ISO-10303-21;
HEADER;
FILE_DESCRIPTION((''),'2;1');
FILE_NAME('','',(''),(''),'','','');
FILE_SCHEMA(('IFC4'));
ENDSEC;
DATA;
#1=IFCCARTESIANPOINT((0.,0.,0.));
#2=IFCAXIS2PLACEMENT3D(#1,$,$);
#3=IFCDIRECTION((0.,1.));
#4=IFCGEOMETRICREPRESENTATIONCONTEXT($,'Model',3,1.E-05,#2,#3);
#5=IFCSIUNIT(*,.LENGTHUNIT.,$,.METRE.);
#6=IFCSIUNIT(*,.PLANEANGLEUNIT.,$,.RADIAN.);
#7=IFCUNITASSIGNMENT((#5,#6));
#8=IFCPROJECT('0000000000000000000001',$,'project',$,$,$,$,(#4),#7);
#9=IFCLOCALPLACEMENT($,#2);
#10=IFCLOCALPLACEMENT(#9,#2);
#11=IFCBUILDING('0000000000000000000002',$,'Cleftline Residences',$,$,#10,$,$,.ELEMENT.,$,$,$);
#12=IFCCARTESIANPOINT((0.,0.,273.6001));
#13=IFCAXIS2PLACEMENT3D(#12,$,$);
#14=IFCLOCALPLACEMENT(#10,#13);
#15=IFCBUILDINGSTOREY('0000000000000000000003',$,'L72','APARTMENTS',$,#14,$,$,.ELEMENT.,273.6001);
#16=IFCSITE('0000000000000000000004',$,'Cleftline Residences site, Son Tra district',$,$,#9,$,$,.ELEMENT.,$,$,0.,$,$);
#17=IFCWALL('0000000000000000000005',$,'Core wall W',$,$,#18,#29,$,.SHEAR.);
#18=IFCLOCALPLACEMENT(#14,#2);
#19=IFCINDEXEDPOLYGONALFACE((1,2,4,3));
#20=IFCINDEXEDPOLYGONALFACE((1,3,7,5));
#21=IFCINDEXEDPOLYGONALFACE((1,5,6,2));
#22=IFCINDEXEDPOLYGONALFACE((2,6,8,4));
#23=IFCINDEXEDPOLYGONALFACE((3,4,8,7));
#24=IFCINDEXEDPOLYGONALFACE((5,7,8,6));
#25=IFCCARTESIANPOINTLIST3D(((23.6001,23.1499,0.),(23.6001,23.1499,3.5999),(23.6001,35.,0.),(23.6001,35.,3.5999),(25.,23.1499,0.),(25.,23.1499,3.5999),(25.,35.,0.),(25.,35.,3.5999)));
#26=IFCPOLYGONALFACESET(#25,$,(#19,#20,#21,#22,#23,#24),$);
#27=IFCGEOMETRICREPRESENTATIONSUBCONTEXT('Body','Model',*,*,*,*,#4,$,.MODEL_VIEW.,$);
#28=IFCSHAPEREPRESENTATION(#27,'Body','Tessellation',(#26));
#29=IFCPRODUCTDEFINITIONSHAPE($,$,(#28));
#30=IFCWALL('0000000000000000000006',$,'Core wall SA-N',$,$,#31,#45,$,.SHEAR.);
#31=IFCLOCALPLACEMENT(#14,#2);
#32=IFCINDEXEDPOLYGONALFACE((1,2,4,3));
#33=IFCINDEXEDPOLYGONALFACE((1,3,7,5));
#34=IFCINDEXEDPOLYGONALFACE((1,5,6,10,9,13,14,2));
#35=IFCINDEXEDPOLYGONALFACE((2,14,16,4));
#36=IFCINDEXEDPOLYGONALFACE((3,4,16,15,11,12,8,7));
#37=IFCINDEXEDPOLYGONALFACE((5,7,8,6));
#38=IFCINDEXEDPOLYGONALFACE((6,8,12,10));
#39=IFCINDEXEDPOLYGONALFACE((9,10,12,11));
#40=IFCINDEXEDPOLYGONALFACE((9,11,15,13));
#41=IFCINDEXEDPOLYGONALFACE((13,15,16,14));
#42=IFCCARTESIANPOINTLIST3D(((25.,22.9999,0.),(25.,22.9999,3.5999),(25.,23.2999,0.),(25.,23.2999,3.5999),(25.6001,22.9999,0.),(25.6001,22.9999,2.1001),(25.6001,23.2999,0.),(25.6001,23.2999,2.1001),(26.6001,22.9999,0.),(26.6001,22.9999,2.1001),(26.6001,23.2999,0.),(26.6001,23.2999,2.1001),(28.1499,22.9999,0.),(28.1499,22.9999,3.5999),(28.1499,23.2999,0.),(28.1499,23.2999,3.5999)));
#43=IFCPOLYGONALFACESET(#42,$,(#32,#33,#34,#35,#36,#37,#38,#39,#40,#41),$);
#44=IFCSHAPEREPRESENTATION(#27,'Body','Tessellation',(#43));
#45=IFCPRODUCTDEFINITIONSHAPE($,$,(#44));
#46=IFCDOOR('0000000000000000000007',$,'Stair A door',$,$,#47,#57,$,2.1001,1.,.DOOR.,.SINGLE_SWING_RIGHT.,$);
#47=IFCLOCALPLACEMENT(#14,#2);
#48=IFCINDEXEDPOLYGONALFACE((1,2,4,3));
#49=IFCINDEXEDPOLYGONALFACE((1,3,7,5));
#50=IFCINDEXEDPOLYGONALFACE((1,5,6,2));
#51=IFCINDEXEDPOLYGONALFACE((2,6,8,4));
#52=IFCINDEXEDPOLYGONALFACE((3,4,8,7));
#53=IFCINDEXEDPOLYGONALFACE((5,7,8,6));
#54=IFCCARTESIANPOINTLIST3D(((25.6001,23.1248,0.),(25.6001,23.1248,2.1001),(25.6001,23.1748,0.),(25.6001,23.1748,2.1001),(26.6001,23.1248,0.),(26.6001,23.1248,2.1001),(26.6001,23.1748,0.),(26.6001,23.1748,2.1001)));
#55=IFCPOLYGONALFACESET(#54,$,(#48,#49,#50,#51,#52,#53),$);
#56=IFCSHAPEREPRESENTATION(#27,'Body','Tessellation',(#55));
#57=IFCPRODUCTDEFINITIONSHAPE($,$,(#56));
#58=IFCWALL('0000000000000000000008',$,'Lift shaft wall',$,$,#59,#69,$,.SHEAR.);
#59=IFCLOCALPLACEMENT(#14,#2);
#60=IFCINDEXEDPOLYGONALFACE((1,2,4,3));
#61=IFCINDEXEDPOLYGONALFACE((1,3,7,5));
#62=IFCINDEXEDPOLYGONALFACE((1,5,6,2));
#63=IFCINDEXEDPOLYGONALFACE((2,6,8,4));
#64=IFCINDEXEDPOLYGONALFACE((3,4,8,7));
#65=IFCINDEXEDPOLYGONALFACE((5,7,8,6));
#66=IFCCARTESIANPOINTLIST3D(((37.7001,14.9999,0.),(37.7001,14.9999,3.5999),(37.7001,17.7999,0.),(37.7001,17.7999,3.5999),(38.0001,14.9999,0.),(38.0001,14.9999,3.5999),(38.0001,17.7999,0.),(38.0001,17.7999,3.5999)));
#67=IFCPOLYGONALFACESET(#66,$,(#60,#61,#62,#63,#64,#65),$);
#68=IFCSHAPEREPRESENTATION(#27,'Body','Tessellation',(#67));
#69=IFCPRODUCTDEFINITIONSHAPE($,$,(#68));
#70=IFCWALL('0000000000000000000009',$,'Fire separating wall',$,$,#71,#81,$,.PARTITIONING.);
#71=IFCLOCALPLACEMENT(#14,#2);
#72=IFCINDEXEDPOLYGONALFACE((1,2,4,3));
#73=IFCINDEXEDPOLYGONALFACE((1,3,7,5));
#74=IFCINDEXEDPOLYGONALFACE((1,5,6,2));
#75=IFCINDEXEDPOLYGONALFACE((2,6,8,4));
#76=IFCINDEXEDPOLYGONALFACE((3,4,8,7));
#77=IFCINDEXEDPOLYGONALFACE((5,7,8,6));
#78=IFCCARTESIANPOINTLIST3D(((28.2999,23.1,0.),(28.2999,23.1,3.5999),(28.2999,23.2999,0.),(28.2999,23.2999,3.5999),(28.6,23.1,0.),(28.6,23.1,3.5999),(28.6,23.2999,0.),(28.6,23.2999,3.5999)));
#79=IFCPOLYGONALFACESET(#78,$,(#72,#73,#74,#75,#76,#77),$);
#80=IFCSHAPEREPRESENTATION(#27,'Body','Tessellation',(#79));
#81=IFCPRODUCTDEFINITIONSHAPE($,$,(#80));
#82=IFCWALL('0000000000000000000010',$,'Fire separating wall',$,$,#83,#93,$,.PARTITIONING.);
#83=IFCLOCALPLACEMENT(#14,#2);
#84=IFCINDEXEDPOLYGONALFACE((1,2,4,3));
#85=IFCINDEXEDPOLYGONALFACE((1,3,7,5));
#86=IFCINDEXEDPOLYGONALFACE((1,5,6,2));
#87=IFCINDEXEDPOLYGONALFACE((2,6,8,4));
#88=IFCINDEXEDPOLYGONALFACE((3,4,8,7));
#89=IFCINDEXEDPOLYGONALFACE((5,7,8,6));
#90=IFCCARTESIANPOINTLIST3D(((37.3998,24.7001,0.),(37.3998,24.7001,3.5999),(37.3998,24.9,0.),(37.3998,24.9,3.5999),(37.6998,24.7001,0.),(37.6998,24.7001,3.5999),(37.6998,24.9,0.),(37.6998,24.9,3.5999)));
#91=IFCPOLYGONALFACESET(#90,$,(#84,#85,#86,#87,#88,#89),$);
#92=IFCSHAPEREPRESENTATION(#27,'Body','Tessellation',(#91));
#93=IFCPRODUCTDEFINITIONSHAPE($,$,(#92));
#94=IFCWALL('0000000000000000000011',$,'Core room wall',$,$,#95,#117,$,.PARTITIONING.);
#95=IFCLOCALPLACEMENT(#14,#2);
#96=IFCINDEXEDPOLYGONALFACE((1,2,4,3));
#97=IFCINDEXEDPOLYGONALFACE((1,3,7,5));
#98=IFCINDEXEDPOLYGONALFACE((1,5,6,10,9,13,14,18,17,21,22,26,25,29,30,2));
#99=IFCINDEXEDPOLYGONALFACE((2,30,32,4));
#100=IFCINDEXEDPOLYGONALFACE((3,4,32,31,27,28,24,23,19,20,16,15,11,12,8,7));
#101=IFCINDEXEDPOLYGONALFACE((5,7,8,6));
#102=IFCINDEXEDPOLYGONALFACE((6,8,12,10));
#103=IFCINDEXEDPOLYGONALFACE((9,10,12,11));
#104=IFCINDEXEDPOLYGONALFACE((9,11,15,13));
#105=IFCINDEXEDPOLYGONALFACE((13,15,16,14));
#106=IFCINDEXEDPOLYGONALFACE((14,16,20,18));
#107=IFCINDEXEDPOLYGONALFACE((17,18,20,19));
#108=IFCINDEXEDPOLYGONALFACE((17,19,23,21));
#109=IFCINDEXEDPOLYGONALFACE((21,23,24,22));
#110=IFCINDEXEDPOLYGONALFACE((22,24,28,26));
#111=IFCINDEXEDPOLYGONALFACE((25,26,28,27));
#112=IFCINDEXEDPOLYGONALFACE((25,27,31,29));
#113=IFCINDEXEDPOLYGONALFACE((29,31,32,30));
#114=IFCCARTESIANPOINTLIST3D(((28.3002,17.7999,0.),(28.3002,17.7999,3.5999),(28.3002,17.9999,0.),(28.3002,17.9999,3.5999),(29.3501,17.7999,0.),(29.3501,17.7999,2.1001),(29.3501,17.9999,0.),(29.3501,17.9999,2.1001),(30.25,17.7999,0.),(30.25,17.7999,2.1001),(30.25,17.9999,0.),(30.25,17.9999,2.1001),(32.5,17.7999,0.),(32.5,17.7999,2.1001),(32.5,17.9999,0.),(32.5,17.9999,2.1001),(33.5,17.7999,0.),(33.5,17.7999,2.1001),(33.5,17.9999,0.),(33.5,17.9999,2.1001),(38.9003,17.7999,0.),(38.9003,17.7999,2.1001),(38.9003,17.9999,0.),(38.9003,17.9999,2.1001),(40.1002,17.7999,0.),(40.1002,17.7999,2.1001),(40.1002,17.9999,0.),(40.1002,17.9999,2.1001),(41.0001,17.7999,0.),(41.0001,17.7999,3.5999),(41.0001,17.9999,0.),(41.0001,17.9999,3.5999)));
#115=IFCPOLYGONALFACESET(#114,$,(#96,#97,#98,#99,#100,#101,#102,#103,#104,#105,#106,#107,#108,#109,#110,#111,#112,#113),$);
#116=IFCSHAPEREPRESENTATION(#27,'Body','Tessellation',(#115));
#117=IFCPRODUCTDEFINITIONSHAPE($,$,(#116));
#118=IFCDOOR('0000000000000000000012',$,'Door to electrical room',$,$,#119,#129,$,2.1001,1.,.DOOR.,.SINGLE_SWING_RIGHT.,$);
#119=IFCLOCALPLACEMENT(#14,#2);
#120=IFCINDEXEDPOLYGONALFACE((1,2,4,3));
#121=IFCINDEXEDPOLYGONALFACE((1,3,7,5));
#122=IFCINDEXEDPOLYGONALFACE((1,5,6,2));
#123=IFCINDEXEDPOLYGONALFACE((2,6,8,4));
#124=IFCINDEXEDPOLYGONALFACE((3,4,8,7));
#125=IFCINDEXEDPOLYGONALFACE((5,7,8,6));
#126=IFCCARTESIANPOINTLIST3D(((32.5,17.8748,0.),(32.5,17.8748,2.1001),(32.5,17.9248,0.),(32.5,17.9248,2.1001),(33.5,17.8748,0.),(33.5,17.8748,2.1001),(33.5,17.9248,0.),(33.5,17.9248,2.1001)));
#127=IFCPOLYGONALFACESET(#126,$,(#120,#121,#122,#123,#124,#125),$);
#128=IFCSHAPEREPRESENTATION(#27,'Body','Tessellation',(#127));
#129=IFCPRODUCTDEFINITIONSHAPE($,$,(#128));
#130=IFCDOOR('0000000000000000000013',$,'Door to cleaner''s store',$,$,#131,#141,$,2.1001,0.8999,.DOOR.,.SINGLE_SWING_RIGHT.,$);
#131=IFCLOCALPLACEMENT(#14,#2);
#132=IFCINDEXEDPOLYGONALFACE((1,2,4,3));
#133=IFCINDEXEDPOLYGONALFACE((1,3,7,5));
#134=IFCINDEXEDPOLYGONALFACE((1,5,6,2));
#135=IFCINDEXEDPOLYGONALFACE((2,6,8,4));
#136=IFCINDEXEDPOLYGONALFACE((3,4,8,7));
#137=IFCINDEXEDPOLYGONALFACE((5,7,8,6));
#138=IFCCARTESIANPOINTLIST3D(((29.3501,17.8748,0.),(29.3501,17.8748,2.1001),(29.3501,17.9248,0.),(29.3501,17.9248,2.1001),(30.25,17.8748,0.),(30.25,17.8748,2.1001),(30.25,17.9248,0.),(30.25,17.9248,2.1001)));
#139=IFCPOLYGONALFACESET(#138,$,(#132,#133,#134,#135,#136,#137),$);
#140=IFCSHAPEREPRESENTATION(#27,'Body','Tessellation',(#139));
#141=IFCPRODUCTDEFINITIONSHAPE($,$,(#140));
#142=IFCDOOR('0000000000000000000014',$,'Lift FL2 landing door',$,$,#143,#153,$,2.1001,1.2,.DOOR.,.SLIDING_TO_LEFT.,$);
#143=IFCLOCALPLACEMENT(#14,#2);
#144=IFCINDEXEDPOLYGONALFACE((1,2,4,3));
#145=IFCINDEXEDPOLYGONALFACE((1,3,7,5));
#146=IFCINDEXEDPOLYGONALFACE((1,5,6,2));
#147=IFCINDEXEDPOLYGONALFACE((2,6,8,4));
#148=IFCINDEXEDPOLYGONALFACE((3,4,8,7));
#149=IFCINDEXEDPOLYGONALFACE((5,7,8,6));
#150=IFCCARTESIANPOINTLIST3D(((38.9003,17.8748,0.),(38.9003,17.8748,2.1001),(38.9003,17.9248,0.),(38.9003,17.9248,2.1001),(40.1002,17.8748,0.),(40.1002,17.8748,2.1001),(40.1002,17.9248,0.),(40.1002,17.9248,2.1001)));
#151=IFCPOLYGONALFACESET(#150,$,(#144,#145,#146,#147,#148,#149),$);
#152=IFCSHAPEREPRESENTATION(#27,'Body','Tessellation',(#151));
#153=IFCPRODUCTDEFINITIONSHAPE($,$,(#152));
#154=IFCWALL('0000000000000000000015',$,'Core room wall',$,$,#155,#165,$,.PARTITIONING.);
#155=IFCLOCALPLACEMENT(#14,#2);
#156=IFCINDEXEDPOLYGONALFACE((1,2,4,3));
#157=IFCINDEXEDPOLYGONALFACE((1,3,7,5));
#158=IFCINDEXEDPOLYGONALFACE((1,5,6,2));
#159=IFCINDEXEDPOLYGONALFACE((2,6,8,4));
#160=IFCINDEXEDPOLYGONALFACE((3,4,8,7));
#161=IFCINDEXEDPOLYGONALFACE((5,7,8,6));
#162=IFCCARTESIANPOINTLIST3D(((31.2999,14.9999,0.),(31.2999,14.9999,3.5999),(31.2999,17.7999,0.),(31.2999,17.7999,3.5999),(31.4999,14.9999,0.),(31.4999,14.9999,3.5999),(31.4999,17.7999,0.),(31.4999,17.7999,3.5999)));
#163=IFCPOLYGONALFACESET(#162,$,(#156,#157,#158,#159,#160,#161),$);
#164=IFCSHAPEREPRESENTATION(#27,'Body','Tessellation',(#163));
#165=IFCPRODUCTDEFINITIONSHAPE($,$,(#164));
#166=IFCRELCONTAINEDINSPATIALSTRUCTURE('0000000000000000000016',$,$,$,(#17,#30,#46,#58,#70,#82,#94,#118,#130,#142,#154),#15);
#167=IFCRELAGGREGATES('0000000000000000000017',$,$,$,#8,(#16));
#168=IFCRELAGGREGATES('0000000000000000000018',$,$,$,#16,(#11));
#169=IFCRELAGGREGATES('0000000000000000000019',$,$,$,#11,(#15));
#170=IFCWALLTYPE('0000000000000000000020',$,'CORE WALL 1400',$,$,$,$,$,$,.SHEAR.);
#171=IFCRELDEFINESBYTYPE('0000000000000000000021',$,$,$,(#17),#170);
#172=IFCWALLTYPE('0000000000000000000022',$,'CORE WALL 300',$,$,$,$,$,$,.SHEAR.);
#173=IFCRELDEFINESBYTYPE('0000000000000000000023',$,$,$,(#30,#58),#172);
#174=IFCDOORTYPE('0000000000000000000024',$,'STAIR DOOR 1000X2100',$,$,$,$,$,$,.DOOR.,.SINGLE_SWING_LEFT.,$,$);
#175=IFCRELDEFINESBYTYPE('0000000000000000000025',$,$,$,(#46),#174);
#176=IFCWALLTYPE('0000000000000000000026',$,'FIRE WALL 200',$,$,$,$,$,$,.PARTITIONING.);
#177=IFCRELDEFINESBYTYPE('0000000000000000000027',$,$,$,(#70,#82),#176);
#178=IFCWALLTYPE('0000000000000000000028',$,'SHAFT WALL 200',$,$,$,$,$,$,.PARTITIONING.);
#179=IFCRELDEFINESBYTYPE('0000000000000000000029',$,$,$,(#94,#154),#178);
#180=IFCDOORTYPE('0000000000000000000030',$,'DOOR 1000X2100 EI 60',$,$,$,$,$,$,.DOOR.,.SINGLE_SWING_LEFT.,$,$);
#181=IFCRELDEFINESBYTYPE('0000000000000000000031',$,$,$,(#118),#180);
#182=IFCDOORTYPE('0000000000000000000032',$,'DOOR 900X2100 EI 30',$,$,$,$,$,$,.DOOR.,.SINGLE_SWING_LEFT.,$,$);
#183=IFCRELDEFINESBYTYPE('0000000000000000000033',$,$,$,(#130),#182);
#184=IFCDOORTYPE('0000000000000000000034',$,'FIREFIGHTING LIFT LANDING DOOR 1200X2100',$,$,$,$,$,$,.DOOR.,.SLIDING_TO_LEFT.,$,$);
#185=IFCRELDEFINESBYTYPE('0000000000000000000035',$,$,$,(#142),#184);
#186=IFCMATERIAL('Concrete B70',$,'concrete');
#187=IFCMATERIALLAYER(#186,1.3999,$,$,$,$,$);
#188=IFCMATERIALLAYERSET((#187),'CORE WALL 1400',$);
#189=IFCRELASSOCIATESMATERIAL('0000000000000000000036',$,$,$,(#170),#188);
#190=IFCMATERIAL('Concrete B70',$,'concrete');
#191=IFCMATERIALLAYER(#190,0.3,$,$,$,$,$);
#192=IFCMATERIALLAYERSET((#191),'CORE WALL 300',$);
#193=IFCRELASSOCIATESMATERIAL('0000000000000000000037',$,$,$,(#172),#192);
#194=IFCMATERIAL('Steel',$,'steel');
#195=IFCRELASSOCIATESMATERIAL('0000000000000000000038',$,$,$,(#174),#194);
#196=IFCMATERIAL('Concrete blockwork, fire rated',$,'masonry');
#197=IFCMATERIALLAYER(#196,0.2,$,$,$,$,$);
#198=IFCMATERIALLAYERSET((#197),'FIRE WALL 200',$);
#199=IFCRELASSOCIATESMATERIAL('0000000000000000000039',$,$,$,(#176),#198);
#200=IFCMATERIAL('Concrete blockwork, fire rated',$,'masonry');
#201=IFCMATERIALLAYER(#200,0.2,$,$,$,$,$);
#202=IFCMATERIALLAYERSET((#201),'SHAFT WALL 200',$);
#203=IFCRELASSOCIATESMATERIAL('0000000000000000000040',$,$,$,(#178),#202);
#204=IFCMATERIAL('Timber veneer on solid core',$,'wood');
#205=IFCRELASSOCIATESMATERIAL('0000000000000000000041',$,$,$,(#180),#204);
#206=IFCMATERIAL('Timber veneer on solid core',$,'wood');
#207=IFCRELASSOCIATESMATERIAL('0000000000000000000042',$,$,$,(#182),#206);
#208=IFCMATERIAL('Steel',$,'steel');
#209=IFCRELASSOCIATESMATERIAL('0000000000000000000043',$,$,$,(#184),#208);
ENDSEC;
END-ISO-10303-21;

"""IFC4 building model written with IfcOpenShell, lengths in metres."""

from ifc_helpers import new_model, si_unit, direction, frame, frame_2d, origin, place, context, subcontext, project, spatial, rectangle, extrude, material, layer, layer_set, type_object, element, fill, save


model = new_model("IFC4")

# Units and contexts
model_context = context("Model", 3, precision=1e-05, world=origin(), true_north=direction((0.0, 1.0)))
body_context = subcontext(model_context, "Body", "Model", "MODEL_VIEW")
ifc_project = project(units=[si_unit("LENGTHUNIT", "METRE"), si_unit("PLANEANGLEUNIT", "RADIAN")], contexts=[model_context])

# Site, building, storey
site_placement = place(None, origin())
site = spatial("IfcSite", under=ifc_project, at=site_placement, Name="Cleftline Residences site, Son Tra district", CompositionType="ELEMENT", RefElevation=0.0)
building_placement = place(site_placement, origin())
building = spatial("IfcBuilding", under=site, at=building_placement, Name="Cleftline Residences", CompositionType="ELEMENT")
storey_placement = place(building_placement, frame((0.0, 0.0, 273.6001)))
storey = spatial("IfcBuildingStorey", under=building, at=storey_placement, Name="L72", Description="APARTMENTS", CompositionType="ELEMENT", Elevation=273.6001)

# Wall
ifc_material_1 = material(Name="Concrete B70", Category="concrete")
ifc_layer_1 = layer(ifc_material_1, 1.3999)
ifc_layer_set_1 = layer_set([ifc_layer_1], Name="CORE WALL 1400")
wall_type_1 = type_object("IfcWallType", Name="CORE WALL 1400", PredefinedType="SHEAR", material=ifc_layer_set_1)
wall_1_placement = place(storey_placement, frame((24.3, 23.1499, 0.0), z_axis=(0.0, 0.0, 1.0), x_axis=(0.0, 1.0, 0.0)))
element("IfcWall", 1, at=wall_1_placement, inside=storey, type_object=wall_type_1, Name="Core wall W", PredefinedType="SHEAR", context=body_context, shape_type="SweptSolid", body=[
    extrude(rectangle(XDim=11.8501, YDim=1.3999, at=frame_2d((5.925, 0.0))), origin(), (0.0, 0.0, 1.0), 3.5999),
])

# Wall, opening, door
ifc_material_2 = material(Name="Concrete B70", Category="concrete")
ifc_layer_2 = layer(ifc_material_2, 0.3)
ifc_layer_set_2 = layer_set([ifc_layer_2], Name="CORE WALL 300")
wall_type_2 = type_object("IfcWallType", Name="CORE WALL 300", PredefinedType="SHEAR", material=ifc_layer_set_2)
wall_2_placement = place(storey_placement, frame((25.0, 23.1499, 0.0), z_axis=(0.0, 0.0, 1.0), x_axis=(1.0, 0.0, 0.0)))
wall_2 = element("IfcWall", 2, at=wall_2_placement, inside=storey, type_object=wall_type_2, Name="Core wall SA-N", PredefinedType="SHEAR", context=body_context, shape_type="SweptSolid", body=[
    extrude(rectangle(XDim=3.1499, YDim=0.3, at=frame_2d((1.575, 0.0))), origin(), (0.0, 0.0, 1.0), 3.5999),
])
opening_1_placement = place(wall_2_placement, frame((0.6001, 0.0, 0.0)))
opening_1 = element("IfcOpeningElement", 3, at=opening_1_placement, cuts=wall_2, PredefinedType="OPENING", context=body_context, shape_type="SweptSolid", body=[
    extrude(rectangle(XDim=1.0, YDim=2.1001, at=frame_2d((0.5, 1.05))), frame((0.0, 0.1599, 0.0), z_axis=(0.0, -1.0, 0.0), x_axis=(1.0, 0.0, 0.0)), (0.0, 0.0, 1.0), 0.3201),
])
ifc_material_3 = material(Name="Steel", Category="steel")
door_type_1 = type_object("IfcDoorType", Name="STAIR DOOR 1000X2100", OperationType="SINGLE_SWING_LEFT", PredefinedType="DOOR", material=ifc_material_3)
door_1_placement = place(opening_1_placement, origin())
door_1 = element("IfcDoor", 4, at=door_1_placement, inside=storey, type_object=door_type_1, Name="Stair A door", OperationType="SINGLE_SWING_RIGHT", OverallHeight=2.1001, OverallWidth=1.0, PredefinedType="DOOR", context=body_context, shape_type="SweptSolid", body=[
    extrude(rectangle(XDim=1.0, YDim=2.1001, at=frame_2d((0.5, 1.05))), frame((0.0, 0.0249, 0.0), z_axis=(0.0, -1.0, 0.0), x_axis=(1.0, 0.0, 0.0)), (0.0, 0.0, 1.0), 0.05),
])
fill(opening_1, door_1)

# Walls
wall_3_placement = place(storey_placement, frame((37.8501, 15.0, 0.0), z_axis=(0.0, 0.0, 1.0), x_axis=(0.0, 1.0, 0.0)))
element("IfcWall", 5, at=wall_3_placement, inside=storey, type_object=wall_type_2, Name="Lift shaft wall", PredefinedType="SHEAR", context=body_context, shape_type="SweptSolid", body=[
    extrude(rectangle(XDim=2.8, YDim=0.3, at=frame_2d((1.3999, 0.0))), origin(), (0.0, 0.0, 1.0), 3.5999),
])
ifc_material_4 = material(Name="Concrete blockwork, fire rated", Category="masonry")
ifc_layer_3 = layer(ifc_material_4, 0.2)
ifc_layer_set_3 = layer_set([ifc_layer_3], Name="FIRE WALL 200")
wall_type_3 = type_object("IfcWallType", Name="FIRE WALL 200", PredefinedType="PARTITIONING", material=ifc_layer_set_3)
for number, where, z_axis, x_axis, name in (
    (6, (28.3, 23.2, 0.0), (0.0, 0.0, 1.0), (1.0, 0.0, 0.0), "Fire separating wall"),
    (7, (37.3999, 24.8, 0.0), (0.0, 0.0, 1.0), (1.0, 0.0, 0.0), "Fire separating wall"),
):
    element("IfcWall", number, at=place(storey_placement, frame(where, z_axis=z_axis, x_axis=x_axis)), inside=storey, type_object=wall_type_3, Name=name, PredefinedType="PARTITIONING", context=body_context, shape_type="SweptSolid", body=[
        extrude(rectangle(XDim=0.3, YDim=0.2, at=frame_2d((0.1499, 0.0))), origin(), (0.0, 0.0, 1.0), 3.5999),
    ])

# Wall, openings, doors
ifc_material_5 = material(Name="Concrete blockwork, fire rated", Category="masonry")
ifc_layer_4 = layer(ifc_material_5, 0.2)
ifc_layer_set_4 = layer_set([ifc_layer_4], Name="SHAFT WALL 200")
wall_type_4 = type_object("IfcWallType", Name="SHAFT WALL 200", PredefinedType="PARTITIONING", material=ifc_layer_set_4)
wall_4_placement = place(storey_placement, frame((28.3, 17.8999, 0.0), z_axis=(0.0, 0.0, 1.0), x_axis=(1.0, 0.0, 0.0)))
wall_4 = element("IfcWall", 8, at=wall_4_placement, inside=storey, type_object=wall_type_4, Name="Core room wall", PredefinedType="PARTITIONING", context=body_context, shape_type="SweptSolid", body=[
    extrude(rectangle(XDim=12.7, YDim=0.2, at=frame_2d((6.3501, 0.0))), origin(), (0.0, 0.0, 1.0), 3.5999),
])
opening_2_placement = place(wall_4_placement, frame((1.05, 0.0, 0.0)))
opening_2 = element("IfcOpeningElement", 9, at=opening_2_placement, cuts=wall_4, PredefinedType="OPENING", context=body_context, shape_type="SweptSolid", body=[
    extrude(rectangle(XDim=0.8999, YDim=2.1001, at=frame_2d((0.45, 1.05))), frame((0.0, 0.1099, 0.0), z_axis=(0.0, -1.0, 0.0), x_axis=(1.0, 0.0, 0.0)), (0.0, 0.0, 1.0), 0.22),
])
opening_3_placement = place(wall_4_placement, frame((4.2, 0.0, 0.0)))
opening_3 = element("IfcOpeningElement", 10, at=opening_3_placement, cuts=wall_4, PredefinedType="OPENING", context=body_context, shape_type="SweptSolid", body=[
    extrude(rectangle(XDim=1.0, YDim=2.1001, at=frame_2d((0.5, 1.05))), frame((0.0, 0.1099, 0.0), z_axis=(0.0, -1.0, 0.0), x_axis=(1.0, 0.0, 0.0)), (0.0, 0.0, 1.0), 0.22),
])
opening_4_placement = place(wall_4_placement, frame((10.6001, 0.0, 0.0)))
opening_4 = element("IfcOpeningElement", 11, at=opening_4_placement, cuts=wall_4, PredefinedType="OPENING", context=body_context, shape_type="SweptSolid", body=[
    extrude(rectangle(XDim=1.2, YDim=2.1001, at=frame_2d((0.6001, 1.05))), frame((0.0, 0.1099, 0.0), z_axis=(0.0, -1.0, 0.0), x_axis=(1.0, 0.0, 0.0)), (0.0, 0.0, 1.0), 0.22),
])
ifc_material_6 = material(Name="Timber veneer on solid core", Category="wood")
door_type_2 = type_object("IfcDoorType", Name="DOOR 1000X2100 EI 60", OperationType="SINGLE_SWING_LEFT", PredefinedType="DOOR", material=ifc_material_6)
door_2_placement = place(opening_3_placement, origin())
door_2 = element("IfcDoor", 12, at=door_2_placement, inside=storey, type_object=door_type_2, Name="Door to electrical room", OperationType="SINGLE_SWING_RIGHT", OverallHeight=2.1001, OverallWidth=1.0, PredefinedType="DOOR", context=body_context, shape_type="SweptSolid", body=[
    extrude(rectangle(XDim=1.0, YDim=2.1001, at=frame_2d((0.5, 1.05))), frame((0.0, 0.0249, 0.0), z_axis=(0.0, -1.0, 0.0), x_axis=(1.0, 0.0, 0.0)), (0.0, 0.0, 1.0), 0.05),
])
fill(opening_3, door_2)
ifc_material_7 = material(Name="Timber veneer on solid core", Category="wood")
door_type_3 = type_object("IfcDoorType", Name="DOOR 900X2100 EI 30", OperationType="SINGLE_SWING_LEFT", PredefinedType="DOOR", material=ifc_material_7)
door_3_placement = place(opening_2_placement, origin())
door_3 = element("IfcDoor", 13, at=door_3_placement, inside=storey, type_object=door_type_3, Name="Door to cleaner's store", OperationType="SINGLE_SWING_RIGHT", OverallHeight=2.1001, OverallWidth=0.8999, PredefinedType="DOOR", context=body_context, shape_type="SweptSolid", body=[
    extrude(rectangle(XDim=0.8999, YDim=2.1001, at=frame_2d((0.45, 1.05))), frame((0.0, 0.0249, 0.0), z_axis=(0.0, -1.0, 0.0), x_axis=(1.0, 0.0, 0.0)), (0.0, 0.0, 1.0), 0.05),
])
fill(opening_2, door_3)
ifc_material_8 = material(Name="Steel", Category="steel")
door_type_4 = type_object("IfcDoorType", Name="FIREFIGHTING LIFT LANDING DOOR 1200X2100", OperationType="SLIDING_TO_LEFT", PredefinedType="DOOR", material=ifc_material_8)
door_4_placement = place(opening_4_placement, origin())
door_4 = element("IfcDoor", 14, at=door_4_placement, inside=storey, type_object=door_type_4, Name="Lift FL2 landing door", OperationType="SLIDING_TO_LEFT", OverallHeight=2.1001, OverallWidth=1.2, PredefinedType="DOOR", context=body_context, shape_type="SweptSolid", body=[
    extrude(rectangle(XDim=1.2, YDim=2.1001, at=frame_2d((0.6001, 1.05))), frame((0.0, 0.0249, 0.0), z_axis=(0.0, -1.0, 0.0), x_axis=(1.0, 0.0, 0.0)), (0.0, 0.0, 1.0), 0.05),
])
fill(opening_4, door_4)

# Wall
wall_5_placement = place(storey_placement, frame((31.3999, 15.0, 0.0), z_axis=(0.0, 0.0, 1.0), x_axis=(0.0, 1.0, 0.0)))
element("IfcWall", 15, at=wall_5_placement, inside=storey, type_object=wall_type_4, Name="Core room wall", PredefinedType="PARTITIONING", context=body_context, shape_type="SweptSolid", body=[
    extrude(rectangle(XDim=2.8, YDim=0.2, at=frame_2d((1.3999, 0.0))), origin(), (0.0, 0.0, 1.0), 3.5999),
])

save(model, "model.ifc")
